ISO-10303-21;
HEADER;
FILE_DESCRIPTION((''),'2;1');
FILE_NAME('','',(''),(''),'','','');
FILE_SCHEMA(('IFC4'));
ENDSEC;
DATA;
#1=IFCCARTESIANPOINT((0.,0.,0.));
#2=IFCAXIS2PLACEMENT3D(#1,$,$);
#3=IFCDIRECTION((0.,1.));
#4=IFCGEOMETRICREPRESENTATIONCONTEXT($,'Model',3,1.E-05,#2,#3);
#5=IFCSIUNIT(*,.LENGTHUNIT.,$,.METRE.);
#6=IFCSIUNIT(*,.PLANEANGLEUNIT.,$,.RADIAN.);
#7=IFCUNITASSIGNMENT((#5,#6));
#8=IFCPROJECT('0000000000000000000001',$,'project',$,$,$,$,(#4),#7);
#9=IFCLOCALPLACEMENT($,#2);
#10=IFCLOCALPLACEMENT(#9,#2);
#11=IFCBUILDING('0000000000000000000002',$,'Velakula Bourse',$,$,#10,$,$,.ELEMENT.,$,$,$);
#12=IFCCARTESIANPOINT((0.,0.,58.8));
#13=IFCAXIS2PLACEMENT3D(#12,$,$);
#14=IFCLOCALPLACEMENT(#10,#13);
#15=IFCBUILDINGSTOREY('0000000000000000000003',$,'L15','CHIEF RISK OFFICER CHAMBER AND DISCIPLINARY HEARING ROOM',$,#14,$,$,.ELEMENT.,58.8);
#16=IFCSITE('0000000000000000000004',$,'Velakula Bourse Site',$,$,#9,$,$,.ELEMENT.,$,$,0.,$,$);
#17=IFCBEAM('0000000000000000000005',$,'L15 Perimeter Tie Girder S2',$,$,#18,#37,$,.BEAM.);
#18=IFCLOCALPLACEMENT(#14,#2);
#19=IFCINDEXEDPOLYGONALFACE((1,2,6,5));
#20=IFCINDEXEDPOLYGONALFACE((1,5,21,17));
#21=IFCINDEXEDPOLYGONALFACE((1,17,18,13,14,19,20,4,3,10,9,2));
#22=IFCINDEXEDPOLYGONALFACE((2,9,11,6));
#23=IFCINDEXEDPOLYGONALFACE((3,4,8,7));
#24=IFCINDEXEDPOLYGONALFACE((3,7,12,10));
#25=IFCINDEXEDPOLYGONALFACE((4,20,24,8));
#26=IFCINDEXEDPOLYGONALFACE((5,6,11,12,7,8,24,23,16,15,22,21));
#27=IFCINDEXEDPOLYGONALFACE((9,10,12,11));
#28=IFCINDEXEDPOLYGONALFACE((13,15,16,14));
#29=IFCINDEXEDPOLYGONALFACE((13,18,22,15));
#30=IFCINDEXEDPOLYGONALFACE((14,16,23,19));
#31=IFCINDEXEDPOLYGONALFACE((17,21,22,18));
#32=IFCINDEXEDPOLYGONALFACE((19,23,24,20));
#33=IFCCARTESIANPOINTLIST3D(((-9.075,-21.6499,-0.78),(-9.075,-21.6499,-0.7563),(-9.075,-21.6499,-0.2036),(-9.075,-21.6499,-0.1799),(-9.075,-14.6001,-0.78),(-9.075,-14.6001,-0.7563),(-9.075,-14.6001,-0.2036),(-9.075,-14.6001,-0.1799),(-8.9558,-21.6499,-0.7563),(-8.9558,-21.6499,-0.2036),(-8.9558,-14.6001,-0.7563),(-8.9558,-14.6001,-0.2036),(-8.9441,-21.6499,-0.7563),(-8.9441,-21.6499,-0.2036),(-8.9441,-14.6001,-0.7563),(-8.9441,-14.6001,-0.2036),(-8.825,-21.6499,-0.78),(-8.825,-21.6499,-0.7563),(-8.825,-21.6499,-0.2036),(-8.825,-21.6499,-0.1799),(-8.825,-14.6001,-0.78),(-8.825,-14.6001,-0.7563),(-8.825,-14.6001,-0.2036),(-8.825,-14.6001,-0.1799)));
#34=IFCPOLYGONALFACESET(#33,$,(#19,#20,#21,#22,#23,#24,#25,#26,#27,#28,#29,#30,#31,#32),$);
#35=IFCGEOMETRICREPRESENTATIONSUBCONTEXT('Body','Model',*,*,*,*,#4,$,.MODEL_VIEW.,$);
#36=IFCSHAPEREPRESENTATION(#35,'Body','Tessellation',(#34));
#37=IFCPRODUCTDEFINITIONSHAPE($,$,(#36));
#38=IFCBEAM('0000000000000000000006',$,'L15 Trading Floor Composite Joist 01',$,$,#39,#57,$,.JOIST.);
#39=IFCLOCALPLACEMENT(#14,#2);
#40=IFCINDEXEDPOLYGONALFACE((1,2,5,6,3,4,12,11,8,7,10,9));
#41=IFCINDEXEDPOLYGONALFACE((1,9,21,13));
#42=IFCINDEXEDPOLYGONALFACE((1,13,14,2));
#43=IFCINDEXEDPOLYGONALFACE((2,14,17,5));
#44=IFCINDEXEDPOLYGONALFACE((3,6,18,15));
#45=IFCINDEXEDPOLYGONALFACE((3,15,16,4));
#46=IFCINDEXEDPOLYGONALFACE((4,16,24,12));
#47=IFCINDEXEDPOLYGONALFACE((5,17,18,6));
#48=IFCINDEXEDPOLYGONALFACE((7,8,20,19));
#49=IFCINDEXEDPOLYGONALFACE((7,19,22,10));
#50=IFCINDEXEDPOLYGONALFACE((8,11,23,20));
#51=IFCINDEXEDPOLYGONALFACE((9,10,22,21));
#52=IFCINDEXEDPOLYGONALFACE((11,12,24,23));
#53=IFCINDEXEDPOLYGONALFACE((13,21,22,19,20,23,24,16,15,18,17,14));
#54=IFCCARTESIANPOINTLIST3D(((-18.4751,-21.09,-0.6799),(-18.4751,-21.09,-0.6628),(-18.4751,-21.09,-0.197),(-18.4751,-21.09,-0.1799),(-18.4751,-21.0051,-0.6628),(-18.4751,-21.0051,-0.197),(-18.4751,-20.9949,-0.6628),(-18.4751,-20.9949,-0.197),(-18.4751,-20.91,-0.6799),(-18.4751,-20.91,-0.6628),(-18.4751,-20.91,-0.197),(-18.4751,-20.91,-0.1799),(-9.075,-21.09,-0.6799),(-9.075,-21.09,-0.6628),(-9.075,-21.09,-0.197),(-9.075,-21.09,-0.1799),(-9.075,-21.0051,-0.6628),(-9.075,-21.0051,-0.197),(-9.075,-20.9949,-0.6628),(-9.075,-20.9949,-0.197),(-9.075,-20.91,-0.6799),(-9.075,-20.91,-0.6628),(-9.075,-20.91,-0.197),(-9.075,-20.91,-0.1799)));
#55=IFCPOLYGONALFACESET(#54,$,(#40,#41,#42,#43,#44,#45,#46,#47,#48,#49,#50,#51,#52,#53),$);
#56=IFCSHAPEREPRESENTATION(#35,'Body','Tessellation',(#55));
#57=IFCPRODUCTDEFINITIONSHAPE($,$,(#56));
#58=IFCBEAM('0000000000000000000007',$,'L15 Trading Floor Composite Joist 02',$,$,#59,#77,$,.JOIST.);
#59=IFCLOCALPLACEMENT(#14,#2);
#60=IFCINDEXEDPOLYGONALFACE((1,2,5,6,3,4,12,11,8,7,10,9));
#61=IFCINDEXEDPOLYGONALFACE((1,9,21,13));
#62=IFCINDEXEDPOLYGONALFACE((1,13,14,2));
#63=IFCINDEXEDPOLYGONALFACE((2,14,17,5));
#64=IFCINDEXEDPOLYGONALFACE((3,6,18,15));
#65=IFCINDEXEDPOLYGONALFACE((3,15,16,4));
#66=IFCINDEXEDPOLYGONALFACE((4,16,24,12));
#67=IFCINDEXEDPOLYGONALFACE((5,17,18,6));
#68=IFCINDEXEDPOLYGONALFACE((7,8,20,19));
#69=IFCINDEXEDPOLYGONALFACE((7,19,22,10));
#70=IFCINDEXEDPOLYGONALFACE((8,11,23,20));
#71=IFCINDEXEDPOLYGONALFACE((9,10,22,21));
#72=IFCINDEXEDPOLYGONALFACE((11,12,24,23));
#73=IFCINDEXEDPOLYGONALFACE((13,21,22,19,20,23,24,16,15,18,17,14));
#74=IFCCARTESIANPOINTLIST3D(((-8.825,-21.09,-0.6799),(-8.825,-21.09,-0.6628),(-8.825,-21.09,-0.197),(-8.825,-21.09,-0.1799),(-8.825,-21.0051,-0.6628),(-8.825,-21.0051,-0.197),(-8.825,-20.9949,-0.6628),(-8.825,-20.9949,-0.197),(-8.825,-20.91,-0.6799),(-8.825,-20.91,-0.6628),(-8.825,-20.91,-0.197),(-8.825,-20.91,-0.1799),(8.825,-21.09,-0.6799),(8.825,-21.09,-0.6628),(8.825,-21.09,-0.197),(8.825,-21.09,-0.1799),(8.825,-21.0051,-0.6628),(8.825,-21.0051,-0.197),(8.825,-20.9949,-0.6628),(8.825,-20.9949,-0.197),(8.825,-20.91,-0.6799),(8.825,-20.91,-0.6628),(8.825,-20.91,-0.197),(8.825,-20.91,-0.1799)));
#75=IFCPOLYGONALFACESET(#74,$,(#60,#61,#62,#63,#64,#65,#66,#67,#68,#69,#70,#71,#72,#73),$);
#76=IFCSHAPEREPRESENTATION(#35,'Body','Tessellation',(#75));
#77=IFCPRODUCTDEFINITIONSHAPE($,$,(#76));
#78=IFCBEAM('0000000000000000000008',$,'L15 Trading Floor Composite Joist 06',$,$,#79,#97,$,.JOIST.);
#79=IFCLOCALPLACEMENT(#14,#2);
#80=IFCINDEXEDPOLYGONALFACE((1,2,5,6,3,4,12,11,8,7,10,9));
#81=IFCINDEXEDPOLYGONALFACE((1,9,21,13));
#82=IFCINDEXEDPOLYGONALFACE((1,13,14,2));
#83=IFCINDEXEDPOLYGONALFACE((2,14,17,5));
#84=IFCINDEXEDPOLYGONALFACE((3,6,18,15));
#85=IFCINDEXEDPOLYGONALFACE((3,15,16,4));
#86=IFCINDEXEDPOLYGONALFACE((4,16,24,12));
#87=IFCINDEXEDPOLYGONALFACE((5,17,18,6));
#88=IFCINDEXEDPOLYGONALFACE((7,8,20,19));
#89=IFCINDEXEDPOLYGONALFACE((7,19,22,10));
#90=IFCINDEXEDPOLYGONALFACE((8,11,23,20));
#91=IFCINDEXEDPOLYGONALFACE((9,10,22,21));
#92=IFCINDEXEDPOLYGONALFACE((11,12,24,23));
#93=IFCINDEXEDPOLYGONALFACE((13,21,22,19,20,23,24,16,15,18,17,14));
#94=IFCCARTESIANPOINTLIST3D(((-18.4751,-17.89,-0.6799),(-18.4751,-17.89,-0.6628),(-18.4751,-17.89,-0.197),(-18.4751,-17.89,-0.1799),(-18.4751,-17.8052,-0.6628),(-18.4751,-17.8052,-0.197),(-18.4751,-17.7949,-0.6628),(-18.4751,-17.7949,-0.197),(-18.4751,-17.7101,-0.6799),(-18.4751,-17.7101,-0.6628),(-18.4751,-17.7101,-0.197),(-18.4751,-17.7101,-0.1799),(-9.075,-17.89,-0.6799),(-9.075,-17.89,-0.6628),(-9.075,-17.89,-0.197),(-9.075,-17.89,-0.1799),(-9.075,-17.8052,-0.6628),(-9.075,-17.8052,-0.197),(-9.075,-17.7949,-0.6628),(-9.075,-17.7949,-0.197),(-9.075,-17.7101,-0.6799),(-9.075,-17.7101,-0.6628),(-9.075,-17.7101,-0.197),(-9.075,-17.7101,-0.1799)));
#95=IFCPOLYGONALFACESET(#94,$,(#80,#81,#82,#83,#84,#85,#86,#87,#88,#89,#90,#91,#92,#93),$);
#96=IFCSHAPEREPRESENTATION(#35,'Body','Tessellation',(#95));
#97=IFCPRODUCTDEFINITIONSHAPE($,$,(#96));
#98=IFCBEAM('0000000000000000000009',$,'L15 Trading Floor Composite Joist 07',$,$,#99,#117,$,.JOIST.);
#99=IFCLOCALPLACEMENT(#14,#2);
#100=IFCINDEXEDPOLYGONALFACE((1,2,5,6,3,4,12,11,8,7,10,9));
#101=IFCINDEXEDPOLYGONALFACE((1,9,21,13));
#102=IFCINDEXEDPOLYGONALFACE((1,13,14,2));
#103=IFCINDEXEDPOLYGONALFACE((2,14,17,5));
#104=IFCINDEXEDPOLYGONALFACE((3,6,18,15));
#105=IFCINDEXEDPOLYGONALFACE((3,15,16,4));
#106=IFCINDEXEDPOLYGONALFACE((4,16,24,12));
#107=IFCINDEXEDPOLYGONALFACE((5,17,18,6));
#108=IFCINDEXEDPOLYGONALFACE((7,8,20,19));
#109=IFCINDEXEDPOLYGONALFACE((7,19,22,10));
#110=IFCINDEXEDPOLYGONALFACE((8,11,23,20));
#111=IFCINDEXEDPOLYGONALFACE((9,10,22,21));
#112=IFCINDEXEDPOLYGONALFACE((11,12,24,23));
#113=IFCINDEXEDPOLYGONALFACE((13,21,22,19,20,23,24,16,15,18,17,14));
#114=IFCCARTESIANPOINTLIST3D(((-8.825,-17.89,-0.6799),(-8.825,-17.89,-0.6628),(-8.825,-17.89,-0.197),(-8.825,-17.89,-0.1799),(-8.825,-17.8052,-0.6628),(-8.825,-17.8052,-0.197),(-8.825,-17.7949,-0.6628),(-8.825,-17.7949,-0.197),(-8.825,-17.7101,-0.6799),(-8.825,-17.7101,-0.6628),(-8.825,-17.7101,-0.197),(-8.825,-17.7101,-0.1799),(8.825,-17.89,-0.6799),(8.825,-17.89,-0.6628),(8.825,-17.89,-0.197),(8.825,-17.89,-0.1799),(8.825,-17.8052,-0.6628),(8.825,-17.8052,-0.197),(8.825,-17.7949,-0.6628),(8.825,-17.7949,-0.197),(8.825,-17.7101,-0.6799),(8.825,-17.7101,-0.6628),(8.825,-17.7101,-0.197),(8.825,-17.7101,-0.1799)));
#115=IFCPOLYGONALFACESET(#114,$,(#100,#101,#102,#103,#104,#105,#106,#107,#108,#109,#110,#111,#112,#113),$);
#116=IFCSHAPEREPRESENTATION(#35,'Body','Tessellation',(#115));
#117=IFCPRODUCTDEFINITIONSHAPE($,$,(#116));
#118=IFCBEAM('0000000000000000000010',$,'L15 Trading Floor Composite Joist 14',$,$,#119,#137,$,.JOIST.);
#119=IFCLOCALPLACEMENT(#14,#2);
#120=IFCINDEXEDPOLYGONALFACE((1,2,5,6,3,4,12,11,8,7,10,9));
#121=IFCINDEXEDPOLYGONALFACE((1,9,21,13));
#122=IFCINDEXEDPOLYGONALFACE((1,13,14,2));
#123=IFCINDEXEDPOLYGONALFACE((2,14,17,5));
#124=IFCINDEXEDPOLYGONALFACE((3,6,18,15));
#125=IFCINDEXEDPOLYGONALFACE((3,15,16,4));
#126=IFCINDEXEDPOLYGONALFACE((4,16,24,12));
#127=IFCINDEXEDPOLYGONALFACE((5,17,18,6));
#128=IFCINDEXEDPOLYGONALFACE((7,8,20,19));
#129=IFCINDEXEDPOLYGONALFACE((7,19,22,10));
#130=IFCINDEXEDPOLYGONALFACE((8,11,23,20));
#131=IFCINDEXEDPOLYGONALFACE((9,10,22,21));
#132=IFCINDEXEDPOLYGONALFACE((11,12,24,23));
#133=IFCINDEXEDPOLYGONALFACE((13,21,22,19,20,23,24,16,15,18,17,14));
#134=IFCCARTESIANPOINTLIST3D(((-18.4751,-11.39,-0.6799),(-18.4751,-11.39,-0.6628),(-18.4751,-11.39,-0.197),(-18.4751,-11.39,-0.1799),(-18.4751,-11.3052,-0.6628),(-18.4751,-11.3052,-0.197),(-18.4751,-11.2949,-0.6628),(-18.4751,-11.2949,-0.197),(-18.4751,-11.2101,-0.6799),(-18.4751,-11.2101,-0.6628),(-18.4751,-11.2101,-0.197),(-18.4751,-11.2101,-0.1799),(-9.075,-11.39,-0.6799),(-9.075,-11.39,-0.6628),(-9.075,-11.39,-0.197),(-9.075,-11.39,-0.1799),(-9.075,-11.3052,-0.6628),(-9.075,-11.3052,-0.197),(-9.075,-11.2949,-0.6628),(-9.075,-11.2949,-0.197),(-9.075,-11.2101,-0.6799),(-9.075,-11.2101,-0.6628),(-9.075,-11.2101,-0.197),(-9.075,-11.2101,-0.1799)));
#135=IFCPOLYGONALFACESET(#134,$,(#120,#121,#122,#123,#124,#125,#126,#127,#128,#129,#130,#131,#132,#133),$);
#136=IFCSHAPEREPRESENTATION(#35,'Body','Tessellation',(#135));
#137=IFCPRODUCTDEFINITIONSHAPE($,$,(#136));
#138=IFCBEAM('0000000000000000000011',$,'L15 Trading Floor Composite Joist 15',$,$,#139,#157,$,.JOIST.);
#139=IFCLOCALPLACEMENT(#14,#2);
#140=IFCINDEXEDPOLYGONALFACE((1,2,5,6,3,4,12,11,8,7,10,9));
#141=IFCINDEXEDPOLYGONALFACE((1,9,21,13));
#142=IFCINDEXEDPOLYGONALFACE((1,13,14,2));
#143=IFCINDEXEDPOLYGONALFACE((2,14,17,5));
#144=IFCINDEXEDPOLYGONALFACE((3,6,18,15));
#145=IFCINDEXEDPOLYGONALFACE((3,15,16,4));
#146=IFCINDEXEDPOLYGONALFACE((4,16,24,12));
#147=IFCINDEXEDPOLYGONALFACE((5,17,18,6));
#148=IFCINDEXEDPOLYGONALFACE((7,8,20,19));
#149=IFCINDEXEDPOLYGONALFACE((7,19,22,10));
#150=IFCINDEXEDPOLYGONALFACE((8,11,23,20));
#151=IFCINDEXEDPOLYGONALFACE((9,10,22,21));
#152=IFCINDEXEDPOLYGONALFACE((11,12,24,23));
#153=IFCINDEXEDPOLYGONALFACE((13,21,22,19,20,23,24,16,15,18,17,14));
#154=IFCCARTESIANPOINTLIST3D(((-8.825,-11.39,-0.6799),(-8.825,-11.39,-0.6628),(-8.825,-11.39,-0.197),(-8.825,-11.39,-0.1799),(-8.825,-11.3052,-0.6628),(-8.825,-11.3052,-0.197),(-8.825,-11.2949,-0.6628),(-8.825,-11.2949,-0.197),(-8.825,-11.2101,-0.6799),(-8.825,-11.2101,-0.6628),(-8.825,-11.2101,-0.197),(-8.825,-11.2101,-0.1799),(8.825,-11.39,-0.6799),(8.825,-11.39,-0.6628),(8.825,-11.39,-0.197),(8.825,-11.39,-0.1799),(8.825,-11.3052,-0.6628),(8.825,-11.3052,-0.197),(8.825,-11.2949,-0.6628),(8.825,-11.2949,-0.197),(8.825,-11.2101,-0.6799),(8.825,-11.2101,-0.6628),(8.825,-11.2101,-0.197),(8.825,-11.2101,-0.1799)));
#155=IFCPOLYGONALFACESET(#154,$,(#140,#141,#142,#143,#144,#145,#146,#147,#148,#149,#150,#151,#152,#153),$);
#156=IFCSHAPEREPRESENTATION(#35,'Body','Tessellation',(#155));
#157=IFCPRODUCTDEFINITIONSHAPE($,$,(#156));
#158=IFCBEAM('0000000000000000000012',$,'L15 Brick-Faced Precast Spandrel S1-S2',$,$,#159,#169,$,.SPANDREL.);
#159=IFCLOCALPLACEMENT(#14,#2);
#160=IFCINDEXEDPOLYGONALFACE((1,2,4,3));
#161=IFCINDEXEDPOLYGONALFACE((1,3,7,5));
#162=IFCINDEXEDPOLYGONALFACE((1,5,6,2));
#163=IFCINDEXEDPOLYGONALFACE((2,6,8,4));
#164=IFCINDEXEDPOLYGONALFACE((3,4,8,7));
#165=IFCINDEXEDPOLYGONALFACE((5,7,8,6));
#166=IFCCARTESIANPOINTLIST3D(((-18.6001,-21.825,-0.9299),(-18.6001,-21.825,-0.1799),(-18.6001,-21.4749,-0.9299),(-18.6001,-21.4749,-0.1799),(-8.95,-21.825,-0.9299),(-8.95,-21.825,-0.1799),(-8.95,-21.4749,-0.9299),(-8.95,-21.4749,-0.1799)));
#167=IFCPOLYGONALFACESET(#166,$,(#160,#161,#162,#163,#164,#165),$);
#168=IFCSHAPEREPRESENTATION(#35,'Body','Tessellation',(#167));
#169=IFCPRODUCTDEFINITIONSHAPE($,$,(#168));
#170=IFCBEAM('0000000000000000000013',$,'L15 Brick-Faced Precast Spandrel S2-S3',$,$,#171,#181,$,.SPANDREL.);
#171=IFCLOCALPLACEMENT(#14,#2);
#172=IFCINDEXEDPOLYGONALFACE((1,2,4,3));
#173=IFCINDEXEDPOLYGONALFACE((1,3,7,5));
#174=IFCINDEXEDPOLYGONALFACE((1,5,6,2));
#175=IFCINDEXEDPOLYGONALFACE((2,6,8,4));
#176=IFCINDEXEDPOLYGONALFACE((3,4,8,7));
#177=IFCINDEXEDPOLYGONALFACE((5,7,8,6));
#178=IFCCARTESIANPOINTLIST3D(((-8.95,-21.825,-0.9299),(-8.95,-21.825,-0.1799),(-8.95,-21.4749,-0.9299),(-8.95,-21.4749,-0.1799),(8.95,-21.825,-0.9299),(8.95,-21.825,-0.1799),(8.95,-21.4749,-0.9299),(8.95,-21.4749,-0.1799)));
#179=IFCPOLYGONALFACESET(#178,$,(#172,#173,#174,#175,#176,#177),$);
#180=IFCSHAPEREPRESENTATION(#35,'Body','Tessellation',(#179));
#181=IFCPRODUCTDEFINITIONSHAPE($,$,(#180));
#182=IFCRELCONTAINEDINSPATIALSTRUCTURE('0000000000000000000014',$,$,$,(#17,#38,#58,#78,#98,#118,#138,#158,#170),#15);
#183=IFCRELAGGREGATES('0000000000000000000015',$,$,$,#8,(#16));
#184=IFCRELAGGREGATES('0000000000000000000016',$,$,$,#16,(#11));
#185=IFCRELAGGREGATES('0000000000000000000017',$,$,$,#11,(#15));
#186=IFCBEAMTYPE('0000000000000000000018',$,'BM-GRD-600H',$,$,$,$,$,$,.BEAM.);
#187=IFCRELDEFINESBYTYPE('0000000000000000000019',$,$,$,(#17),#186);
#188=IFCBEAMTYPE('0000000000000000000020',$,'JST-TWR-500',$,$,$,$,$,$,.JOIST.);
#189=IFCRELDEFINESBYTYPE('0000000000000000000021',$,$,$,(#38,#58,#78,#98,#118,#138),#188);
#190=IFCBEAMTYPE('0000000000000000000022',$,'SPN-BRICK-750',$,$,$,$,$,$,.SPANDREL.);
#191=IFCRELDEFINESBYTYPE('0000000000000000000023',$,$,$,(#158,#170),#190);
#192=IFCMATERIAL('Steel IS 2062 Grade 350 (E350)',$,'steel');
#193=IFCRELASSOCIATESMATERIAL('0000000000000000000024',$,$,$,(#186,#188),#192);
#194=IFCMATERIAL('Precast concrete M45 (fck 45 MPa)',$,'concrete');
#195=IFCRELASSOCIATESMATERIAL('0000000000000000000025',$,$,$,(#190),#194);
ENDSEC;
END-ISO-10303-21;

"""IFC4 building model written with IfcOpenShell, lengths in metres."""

from ifc_helpers import new_model, si_unit, direction, frame, origin, origin_2d, place, context, subcontext, project, spatial, rectangle, i_section, extrude, material, material_profile, profile_set, type_object, element, save


model = new_model("IFC4")

# Units and contexts
model_context = context("Model", 3, precision=1e-05, world=origin(), true_north=direction((0.0, 1.0)))
body_context = subcontext(model_context, "Body", "Model", "MODEL_VIEW")
ifc_project = project(units=[si_unit("LENGTHUNIT", "METRE"), si_unit("PLANEANGLEUNIT", "RADIAN")], contexts=[model_context])

# Site, building, storey
site_placement = place(None, origin())
site = spatial("IfcSite", under=ifc_project, at=site_placement, Name="Velakula Bourse Site", CompositionType="ELEMENT", RefElevation=0.0)
building_placement = place(site_placement, origin())
building = spatial("IfcBuilding", under=site, at=building_placement, Name="Velakula Bourse", CompositionType="ELEMENT")
storey_placement = place(building_placement, frame((0.0, 0.0, 58.8)))
storey = spatial("IfcBuildingStorey", under=building, at=storey_placement, Name="L15", Description="CHIEF RISK OFFICER CHAMBER AND DISCIPLINARY HEARING ROOM", CompositionType="ELEMENT", Elevation=58.8)

# Beams
ifc_material_1 = material(Name="Steel IS 2062 Grade 350 (E350)", Category="steel")
ifc_material_profile_1 = material_profile(ifc_material_1, i_section(OverallWidth=0.25, OverallDepth=0.6001, WebThickness=0.0117, FlangeThickness=0.0237, at=origin_2d()), Name="Steel IS 2062 Grade 350 (E350)")
ifc_profile_set_1 = profile_set([ifc_material_profile_1], Name="Steel IS 2062 Grade 350 (E350)")
beam_type_1 = type_object("IfcBeamType", Name="BM-GRD-600H", PredefinedType="BEAM", material=ifc_profile_set_1)
for number, where, z_axis, x_axis, name in (
    (1, (-8.95, -14.6001, -0.48), (0.0, -1.0, 0.0), (1.0, 0.0, 0.0), "L15 Perimeter Tie Girder S2"),
):
    element("IfcBeam", number, at=place(storey_placement, frame(where, z_axis=z_axis, x_axis=x_axis)), inside=storey, type_object=beam_type_1, Name=name, PredefinedType="BEAM", context=body_context, shape_type="SweptSolid", body=[
        extrude(i_section(OverallWidth=0.25, OverallDepth=0.6001, WebThickness=0.0117, FlangeThickness=0.0237, at=origin_2d()), origin(), (0.0, 0.0, 1.0), 7.0498),
    ])
ifc_material_profile_2 = material_profile(ifc_material_1, i_section(OverallWidth=0.1799, OverallDepth=0.5, WebThickness=0.0103, FlangeThickness=0.0171, at=origin_2d()), Name="Steel IS 2062 Grade 350 (E350)")
ifc_profile_set_2 = profile_set([ifc_material_profile_2], Name="Steel IS 2062 Grade 350 (E350)")
beam_type_2 = type_object("IfcBeamType", Name="JST-TWR-500", PredefinedType="JOIST", material=ifc_profile_set_2)
beam_1_placement = place(storey_placement, frame((-18.4751, -21.0, -0.4299), z_axis=(1.0, 0.0, 0.0), x_axis=(0.0, 1.0, 0.0)))
element("IfcBeam", 2, at=beam_1_placement, inside=storey, type_object=beam_type_2, Name="L15 Trading Floor Composite Joist 01", PredefinedType="JOIST", context=body_context, shape_type="SweptSolid", body=[
    extrude(i_section(OverallWidth=0.1799, OverallDepth=0.5, WebThickness=0.0103, FlangeThickness=0.0171, at=origin_2d()), origin(), (0.0, 0.0, 1.0), 9.4001),
])
beam_2_placement = place(storey_placement, frame((-8.825, -21.0, -0.4299), z_axis=(1.0, 0.0, 0.0), x_axis=(0.0, 1.0, 0.0)))
element("IfcBeam", 3, at=beam_2_placement, inside=storey, type_object=beam_type_2, Name="L15 Trading Floor Composite Joist 02", PredefinedType="JOIST", context=body_context, shape_type="SweptSolid", body=[
    extrude(i_section(OverallWidth=0.1799, OverallDepth=0.5, WebThickness=0.0103, FlangeThickness=0.0171, at=origin_2d()), origin(), (0.0, 0.0, 1.0), 17.6499),
])
beam_3_placement = place(storey_placement, frame((-18.4751, -17.8, -0.4299), z_axis=(1.0, 0.0, 0.0), x_axis=(0.0, 1.0, 0.0)))
element("IfcBeam", 4, at=beam_3_placement, inside=storey, type_object=beam_type_2, Name="L15 Trading Floor Composite Joist 06", PredefinedType="JOIST", context=body_context, shape_type="SweptSolid", body=[
    extrude(i_section(OverallWidth=0.1799, OverallDepth=0.5, WebThickness=0.0103, FlangeThickness=0.0171, at=origin_2d()), origin(), (0.0, 0.0, 1.0), 9.4001),
])
beam_4_placement = place(storey_placement, frame((-8.825, -17.8, -0.4299), z_axis=(1.0, 0.0, 0.0), x_axis=(0.0, 1.0, 0.0)))
element("IfcBeam", 5, at=beam_4_placement, inside=storey, type_object=beam_type_2, Name="L15 Trading Floor Composite Joist 07", PredefinedType="JOIST", context=body_context, shape_type="SweptSolid", body=[
    extrude(i_section(OverallWidth=0.1799, OverallDepth=0.5, WebThickness=0.0103, FlangeThickness=0.0171, at=origin_2d()), origin(), (0.0, 0.0, 1.0), 17.6499),
])
beam_5_placement = place(storey_placement, frame((-18.4751, -11.3, -0.4299), z_axis=(1.0, 0.0, 0.0), x_axis=(0.0, 1.0, 0.0)))
element("IfcBeam", 6, at=beam_5_placement, inside=storey, type_object=beam_type_2, Name="L15 Trading Floor Composite Joist 14", PredefinedType="JOIST", context=body_context, shape_type="SweptSolid", body=[
    extrude(i_section(OverallWidth=0.1799, OverallDepth=0.5, WebThickness=0.0103, FlangeThickness=0.0171, at=origin_2d()), origin(), (0.0, 0.0, 1.0), 9.4001),
])
beam_6_placement = place(storey_placement, frame((-8.825, -11.3, -0.4299), z_axis=(1.0, 0.0, 0.0), x_axis=(0.0, 1.0, 0.0)))
element("IfcBeam", 7, at=beam_6_placement, inside=storey, type_object=beam_type_2, Name="L15 Trading Floor Composite Joist 15", PredefinedType="JOIST", context=body_context, shape_type="SweptSolid", body=[
    extrude(i_section(OverallWidth=0.1799, OverallDepth=0.5, WebThickness=0.0103, FlangeThickness=0.0171, at=origin_2d()), origin(), (0.0, 0.0, 1.0), 17.6499),
])
ifc_material_2 = material(Name="Precast concrete M45 (fck 45 MPa)", Category="concrete")
ifc_material_profile_3 = material_profile(ifc_material_2, rectangle(XDim=0.3501, YDim=0.75, at=origin_2d()), Name="Precast concrete M45 (fck 45 MPa)")
ifc_profile_set_3 = profile_set([ifc_material_profile_3], Name="Precast concrete M45 (fck 45 MPa)")
beam_type_3 = type_object("IfcBeamType", Name="SPN-BRICK-750", PredefinedType="SPANDREL", material=ifc_profile_set_3)
beam_7_placement = place(storey_placement, frame((-18.6001, -21.6499, -0.5549), z_axis=(1.0, 0.0, 0.0), x_axis=(0.0, 1.0, 0.0)))
element("IfcBeam", 8, at=beam_7_placement, inside=storey, type_object=beam_type_3, Name="L15 Brick-Faced Precast Spandrel S1-S2", PredefinedType="SPANDREL", context=body_context, shape_type="SweptSolid", body=[
    extrude(rectangle(XDim=0.3501, YDim=0.75, at=origin_2d()), origin(), (0.0, 0.0, 1.0), 9.6501),
])
beam_8_placement = place(storey_placement, frame((-8.95, -21.6499, -0.5549), z_axis=(1.0, 0.0, 0.0), x_axis=(0.0, 1.0, 0.0)))
element("IfcBeam", 9, at=beam_8_placement, inside=storey, type_object=beam_type_3, Name="L15 Brick-Faced Precast Spandrel S2-S3", PredefinedType="SPANDREL", context=body_context, shape_type="SweptSolid", body=[
    extrude(rectangle(XDim=0.3501, YDim=0.75, at=origin_2d()), origin(), (0.0, 0.0, 1.0), 17.8999),
])

save(model, "model.ifc")
